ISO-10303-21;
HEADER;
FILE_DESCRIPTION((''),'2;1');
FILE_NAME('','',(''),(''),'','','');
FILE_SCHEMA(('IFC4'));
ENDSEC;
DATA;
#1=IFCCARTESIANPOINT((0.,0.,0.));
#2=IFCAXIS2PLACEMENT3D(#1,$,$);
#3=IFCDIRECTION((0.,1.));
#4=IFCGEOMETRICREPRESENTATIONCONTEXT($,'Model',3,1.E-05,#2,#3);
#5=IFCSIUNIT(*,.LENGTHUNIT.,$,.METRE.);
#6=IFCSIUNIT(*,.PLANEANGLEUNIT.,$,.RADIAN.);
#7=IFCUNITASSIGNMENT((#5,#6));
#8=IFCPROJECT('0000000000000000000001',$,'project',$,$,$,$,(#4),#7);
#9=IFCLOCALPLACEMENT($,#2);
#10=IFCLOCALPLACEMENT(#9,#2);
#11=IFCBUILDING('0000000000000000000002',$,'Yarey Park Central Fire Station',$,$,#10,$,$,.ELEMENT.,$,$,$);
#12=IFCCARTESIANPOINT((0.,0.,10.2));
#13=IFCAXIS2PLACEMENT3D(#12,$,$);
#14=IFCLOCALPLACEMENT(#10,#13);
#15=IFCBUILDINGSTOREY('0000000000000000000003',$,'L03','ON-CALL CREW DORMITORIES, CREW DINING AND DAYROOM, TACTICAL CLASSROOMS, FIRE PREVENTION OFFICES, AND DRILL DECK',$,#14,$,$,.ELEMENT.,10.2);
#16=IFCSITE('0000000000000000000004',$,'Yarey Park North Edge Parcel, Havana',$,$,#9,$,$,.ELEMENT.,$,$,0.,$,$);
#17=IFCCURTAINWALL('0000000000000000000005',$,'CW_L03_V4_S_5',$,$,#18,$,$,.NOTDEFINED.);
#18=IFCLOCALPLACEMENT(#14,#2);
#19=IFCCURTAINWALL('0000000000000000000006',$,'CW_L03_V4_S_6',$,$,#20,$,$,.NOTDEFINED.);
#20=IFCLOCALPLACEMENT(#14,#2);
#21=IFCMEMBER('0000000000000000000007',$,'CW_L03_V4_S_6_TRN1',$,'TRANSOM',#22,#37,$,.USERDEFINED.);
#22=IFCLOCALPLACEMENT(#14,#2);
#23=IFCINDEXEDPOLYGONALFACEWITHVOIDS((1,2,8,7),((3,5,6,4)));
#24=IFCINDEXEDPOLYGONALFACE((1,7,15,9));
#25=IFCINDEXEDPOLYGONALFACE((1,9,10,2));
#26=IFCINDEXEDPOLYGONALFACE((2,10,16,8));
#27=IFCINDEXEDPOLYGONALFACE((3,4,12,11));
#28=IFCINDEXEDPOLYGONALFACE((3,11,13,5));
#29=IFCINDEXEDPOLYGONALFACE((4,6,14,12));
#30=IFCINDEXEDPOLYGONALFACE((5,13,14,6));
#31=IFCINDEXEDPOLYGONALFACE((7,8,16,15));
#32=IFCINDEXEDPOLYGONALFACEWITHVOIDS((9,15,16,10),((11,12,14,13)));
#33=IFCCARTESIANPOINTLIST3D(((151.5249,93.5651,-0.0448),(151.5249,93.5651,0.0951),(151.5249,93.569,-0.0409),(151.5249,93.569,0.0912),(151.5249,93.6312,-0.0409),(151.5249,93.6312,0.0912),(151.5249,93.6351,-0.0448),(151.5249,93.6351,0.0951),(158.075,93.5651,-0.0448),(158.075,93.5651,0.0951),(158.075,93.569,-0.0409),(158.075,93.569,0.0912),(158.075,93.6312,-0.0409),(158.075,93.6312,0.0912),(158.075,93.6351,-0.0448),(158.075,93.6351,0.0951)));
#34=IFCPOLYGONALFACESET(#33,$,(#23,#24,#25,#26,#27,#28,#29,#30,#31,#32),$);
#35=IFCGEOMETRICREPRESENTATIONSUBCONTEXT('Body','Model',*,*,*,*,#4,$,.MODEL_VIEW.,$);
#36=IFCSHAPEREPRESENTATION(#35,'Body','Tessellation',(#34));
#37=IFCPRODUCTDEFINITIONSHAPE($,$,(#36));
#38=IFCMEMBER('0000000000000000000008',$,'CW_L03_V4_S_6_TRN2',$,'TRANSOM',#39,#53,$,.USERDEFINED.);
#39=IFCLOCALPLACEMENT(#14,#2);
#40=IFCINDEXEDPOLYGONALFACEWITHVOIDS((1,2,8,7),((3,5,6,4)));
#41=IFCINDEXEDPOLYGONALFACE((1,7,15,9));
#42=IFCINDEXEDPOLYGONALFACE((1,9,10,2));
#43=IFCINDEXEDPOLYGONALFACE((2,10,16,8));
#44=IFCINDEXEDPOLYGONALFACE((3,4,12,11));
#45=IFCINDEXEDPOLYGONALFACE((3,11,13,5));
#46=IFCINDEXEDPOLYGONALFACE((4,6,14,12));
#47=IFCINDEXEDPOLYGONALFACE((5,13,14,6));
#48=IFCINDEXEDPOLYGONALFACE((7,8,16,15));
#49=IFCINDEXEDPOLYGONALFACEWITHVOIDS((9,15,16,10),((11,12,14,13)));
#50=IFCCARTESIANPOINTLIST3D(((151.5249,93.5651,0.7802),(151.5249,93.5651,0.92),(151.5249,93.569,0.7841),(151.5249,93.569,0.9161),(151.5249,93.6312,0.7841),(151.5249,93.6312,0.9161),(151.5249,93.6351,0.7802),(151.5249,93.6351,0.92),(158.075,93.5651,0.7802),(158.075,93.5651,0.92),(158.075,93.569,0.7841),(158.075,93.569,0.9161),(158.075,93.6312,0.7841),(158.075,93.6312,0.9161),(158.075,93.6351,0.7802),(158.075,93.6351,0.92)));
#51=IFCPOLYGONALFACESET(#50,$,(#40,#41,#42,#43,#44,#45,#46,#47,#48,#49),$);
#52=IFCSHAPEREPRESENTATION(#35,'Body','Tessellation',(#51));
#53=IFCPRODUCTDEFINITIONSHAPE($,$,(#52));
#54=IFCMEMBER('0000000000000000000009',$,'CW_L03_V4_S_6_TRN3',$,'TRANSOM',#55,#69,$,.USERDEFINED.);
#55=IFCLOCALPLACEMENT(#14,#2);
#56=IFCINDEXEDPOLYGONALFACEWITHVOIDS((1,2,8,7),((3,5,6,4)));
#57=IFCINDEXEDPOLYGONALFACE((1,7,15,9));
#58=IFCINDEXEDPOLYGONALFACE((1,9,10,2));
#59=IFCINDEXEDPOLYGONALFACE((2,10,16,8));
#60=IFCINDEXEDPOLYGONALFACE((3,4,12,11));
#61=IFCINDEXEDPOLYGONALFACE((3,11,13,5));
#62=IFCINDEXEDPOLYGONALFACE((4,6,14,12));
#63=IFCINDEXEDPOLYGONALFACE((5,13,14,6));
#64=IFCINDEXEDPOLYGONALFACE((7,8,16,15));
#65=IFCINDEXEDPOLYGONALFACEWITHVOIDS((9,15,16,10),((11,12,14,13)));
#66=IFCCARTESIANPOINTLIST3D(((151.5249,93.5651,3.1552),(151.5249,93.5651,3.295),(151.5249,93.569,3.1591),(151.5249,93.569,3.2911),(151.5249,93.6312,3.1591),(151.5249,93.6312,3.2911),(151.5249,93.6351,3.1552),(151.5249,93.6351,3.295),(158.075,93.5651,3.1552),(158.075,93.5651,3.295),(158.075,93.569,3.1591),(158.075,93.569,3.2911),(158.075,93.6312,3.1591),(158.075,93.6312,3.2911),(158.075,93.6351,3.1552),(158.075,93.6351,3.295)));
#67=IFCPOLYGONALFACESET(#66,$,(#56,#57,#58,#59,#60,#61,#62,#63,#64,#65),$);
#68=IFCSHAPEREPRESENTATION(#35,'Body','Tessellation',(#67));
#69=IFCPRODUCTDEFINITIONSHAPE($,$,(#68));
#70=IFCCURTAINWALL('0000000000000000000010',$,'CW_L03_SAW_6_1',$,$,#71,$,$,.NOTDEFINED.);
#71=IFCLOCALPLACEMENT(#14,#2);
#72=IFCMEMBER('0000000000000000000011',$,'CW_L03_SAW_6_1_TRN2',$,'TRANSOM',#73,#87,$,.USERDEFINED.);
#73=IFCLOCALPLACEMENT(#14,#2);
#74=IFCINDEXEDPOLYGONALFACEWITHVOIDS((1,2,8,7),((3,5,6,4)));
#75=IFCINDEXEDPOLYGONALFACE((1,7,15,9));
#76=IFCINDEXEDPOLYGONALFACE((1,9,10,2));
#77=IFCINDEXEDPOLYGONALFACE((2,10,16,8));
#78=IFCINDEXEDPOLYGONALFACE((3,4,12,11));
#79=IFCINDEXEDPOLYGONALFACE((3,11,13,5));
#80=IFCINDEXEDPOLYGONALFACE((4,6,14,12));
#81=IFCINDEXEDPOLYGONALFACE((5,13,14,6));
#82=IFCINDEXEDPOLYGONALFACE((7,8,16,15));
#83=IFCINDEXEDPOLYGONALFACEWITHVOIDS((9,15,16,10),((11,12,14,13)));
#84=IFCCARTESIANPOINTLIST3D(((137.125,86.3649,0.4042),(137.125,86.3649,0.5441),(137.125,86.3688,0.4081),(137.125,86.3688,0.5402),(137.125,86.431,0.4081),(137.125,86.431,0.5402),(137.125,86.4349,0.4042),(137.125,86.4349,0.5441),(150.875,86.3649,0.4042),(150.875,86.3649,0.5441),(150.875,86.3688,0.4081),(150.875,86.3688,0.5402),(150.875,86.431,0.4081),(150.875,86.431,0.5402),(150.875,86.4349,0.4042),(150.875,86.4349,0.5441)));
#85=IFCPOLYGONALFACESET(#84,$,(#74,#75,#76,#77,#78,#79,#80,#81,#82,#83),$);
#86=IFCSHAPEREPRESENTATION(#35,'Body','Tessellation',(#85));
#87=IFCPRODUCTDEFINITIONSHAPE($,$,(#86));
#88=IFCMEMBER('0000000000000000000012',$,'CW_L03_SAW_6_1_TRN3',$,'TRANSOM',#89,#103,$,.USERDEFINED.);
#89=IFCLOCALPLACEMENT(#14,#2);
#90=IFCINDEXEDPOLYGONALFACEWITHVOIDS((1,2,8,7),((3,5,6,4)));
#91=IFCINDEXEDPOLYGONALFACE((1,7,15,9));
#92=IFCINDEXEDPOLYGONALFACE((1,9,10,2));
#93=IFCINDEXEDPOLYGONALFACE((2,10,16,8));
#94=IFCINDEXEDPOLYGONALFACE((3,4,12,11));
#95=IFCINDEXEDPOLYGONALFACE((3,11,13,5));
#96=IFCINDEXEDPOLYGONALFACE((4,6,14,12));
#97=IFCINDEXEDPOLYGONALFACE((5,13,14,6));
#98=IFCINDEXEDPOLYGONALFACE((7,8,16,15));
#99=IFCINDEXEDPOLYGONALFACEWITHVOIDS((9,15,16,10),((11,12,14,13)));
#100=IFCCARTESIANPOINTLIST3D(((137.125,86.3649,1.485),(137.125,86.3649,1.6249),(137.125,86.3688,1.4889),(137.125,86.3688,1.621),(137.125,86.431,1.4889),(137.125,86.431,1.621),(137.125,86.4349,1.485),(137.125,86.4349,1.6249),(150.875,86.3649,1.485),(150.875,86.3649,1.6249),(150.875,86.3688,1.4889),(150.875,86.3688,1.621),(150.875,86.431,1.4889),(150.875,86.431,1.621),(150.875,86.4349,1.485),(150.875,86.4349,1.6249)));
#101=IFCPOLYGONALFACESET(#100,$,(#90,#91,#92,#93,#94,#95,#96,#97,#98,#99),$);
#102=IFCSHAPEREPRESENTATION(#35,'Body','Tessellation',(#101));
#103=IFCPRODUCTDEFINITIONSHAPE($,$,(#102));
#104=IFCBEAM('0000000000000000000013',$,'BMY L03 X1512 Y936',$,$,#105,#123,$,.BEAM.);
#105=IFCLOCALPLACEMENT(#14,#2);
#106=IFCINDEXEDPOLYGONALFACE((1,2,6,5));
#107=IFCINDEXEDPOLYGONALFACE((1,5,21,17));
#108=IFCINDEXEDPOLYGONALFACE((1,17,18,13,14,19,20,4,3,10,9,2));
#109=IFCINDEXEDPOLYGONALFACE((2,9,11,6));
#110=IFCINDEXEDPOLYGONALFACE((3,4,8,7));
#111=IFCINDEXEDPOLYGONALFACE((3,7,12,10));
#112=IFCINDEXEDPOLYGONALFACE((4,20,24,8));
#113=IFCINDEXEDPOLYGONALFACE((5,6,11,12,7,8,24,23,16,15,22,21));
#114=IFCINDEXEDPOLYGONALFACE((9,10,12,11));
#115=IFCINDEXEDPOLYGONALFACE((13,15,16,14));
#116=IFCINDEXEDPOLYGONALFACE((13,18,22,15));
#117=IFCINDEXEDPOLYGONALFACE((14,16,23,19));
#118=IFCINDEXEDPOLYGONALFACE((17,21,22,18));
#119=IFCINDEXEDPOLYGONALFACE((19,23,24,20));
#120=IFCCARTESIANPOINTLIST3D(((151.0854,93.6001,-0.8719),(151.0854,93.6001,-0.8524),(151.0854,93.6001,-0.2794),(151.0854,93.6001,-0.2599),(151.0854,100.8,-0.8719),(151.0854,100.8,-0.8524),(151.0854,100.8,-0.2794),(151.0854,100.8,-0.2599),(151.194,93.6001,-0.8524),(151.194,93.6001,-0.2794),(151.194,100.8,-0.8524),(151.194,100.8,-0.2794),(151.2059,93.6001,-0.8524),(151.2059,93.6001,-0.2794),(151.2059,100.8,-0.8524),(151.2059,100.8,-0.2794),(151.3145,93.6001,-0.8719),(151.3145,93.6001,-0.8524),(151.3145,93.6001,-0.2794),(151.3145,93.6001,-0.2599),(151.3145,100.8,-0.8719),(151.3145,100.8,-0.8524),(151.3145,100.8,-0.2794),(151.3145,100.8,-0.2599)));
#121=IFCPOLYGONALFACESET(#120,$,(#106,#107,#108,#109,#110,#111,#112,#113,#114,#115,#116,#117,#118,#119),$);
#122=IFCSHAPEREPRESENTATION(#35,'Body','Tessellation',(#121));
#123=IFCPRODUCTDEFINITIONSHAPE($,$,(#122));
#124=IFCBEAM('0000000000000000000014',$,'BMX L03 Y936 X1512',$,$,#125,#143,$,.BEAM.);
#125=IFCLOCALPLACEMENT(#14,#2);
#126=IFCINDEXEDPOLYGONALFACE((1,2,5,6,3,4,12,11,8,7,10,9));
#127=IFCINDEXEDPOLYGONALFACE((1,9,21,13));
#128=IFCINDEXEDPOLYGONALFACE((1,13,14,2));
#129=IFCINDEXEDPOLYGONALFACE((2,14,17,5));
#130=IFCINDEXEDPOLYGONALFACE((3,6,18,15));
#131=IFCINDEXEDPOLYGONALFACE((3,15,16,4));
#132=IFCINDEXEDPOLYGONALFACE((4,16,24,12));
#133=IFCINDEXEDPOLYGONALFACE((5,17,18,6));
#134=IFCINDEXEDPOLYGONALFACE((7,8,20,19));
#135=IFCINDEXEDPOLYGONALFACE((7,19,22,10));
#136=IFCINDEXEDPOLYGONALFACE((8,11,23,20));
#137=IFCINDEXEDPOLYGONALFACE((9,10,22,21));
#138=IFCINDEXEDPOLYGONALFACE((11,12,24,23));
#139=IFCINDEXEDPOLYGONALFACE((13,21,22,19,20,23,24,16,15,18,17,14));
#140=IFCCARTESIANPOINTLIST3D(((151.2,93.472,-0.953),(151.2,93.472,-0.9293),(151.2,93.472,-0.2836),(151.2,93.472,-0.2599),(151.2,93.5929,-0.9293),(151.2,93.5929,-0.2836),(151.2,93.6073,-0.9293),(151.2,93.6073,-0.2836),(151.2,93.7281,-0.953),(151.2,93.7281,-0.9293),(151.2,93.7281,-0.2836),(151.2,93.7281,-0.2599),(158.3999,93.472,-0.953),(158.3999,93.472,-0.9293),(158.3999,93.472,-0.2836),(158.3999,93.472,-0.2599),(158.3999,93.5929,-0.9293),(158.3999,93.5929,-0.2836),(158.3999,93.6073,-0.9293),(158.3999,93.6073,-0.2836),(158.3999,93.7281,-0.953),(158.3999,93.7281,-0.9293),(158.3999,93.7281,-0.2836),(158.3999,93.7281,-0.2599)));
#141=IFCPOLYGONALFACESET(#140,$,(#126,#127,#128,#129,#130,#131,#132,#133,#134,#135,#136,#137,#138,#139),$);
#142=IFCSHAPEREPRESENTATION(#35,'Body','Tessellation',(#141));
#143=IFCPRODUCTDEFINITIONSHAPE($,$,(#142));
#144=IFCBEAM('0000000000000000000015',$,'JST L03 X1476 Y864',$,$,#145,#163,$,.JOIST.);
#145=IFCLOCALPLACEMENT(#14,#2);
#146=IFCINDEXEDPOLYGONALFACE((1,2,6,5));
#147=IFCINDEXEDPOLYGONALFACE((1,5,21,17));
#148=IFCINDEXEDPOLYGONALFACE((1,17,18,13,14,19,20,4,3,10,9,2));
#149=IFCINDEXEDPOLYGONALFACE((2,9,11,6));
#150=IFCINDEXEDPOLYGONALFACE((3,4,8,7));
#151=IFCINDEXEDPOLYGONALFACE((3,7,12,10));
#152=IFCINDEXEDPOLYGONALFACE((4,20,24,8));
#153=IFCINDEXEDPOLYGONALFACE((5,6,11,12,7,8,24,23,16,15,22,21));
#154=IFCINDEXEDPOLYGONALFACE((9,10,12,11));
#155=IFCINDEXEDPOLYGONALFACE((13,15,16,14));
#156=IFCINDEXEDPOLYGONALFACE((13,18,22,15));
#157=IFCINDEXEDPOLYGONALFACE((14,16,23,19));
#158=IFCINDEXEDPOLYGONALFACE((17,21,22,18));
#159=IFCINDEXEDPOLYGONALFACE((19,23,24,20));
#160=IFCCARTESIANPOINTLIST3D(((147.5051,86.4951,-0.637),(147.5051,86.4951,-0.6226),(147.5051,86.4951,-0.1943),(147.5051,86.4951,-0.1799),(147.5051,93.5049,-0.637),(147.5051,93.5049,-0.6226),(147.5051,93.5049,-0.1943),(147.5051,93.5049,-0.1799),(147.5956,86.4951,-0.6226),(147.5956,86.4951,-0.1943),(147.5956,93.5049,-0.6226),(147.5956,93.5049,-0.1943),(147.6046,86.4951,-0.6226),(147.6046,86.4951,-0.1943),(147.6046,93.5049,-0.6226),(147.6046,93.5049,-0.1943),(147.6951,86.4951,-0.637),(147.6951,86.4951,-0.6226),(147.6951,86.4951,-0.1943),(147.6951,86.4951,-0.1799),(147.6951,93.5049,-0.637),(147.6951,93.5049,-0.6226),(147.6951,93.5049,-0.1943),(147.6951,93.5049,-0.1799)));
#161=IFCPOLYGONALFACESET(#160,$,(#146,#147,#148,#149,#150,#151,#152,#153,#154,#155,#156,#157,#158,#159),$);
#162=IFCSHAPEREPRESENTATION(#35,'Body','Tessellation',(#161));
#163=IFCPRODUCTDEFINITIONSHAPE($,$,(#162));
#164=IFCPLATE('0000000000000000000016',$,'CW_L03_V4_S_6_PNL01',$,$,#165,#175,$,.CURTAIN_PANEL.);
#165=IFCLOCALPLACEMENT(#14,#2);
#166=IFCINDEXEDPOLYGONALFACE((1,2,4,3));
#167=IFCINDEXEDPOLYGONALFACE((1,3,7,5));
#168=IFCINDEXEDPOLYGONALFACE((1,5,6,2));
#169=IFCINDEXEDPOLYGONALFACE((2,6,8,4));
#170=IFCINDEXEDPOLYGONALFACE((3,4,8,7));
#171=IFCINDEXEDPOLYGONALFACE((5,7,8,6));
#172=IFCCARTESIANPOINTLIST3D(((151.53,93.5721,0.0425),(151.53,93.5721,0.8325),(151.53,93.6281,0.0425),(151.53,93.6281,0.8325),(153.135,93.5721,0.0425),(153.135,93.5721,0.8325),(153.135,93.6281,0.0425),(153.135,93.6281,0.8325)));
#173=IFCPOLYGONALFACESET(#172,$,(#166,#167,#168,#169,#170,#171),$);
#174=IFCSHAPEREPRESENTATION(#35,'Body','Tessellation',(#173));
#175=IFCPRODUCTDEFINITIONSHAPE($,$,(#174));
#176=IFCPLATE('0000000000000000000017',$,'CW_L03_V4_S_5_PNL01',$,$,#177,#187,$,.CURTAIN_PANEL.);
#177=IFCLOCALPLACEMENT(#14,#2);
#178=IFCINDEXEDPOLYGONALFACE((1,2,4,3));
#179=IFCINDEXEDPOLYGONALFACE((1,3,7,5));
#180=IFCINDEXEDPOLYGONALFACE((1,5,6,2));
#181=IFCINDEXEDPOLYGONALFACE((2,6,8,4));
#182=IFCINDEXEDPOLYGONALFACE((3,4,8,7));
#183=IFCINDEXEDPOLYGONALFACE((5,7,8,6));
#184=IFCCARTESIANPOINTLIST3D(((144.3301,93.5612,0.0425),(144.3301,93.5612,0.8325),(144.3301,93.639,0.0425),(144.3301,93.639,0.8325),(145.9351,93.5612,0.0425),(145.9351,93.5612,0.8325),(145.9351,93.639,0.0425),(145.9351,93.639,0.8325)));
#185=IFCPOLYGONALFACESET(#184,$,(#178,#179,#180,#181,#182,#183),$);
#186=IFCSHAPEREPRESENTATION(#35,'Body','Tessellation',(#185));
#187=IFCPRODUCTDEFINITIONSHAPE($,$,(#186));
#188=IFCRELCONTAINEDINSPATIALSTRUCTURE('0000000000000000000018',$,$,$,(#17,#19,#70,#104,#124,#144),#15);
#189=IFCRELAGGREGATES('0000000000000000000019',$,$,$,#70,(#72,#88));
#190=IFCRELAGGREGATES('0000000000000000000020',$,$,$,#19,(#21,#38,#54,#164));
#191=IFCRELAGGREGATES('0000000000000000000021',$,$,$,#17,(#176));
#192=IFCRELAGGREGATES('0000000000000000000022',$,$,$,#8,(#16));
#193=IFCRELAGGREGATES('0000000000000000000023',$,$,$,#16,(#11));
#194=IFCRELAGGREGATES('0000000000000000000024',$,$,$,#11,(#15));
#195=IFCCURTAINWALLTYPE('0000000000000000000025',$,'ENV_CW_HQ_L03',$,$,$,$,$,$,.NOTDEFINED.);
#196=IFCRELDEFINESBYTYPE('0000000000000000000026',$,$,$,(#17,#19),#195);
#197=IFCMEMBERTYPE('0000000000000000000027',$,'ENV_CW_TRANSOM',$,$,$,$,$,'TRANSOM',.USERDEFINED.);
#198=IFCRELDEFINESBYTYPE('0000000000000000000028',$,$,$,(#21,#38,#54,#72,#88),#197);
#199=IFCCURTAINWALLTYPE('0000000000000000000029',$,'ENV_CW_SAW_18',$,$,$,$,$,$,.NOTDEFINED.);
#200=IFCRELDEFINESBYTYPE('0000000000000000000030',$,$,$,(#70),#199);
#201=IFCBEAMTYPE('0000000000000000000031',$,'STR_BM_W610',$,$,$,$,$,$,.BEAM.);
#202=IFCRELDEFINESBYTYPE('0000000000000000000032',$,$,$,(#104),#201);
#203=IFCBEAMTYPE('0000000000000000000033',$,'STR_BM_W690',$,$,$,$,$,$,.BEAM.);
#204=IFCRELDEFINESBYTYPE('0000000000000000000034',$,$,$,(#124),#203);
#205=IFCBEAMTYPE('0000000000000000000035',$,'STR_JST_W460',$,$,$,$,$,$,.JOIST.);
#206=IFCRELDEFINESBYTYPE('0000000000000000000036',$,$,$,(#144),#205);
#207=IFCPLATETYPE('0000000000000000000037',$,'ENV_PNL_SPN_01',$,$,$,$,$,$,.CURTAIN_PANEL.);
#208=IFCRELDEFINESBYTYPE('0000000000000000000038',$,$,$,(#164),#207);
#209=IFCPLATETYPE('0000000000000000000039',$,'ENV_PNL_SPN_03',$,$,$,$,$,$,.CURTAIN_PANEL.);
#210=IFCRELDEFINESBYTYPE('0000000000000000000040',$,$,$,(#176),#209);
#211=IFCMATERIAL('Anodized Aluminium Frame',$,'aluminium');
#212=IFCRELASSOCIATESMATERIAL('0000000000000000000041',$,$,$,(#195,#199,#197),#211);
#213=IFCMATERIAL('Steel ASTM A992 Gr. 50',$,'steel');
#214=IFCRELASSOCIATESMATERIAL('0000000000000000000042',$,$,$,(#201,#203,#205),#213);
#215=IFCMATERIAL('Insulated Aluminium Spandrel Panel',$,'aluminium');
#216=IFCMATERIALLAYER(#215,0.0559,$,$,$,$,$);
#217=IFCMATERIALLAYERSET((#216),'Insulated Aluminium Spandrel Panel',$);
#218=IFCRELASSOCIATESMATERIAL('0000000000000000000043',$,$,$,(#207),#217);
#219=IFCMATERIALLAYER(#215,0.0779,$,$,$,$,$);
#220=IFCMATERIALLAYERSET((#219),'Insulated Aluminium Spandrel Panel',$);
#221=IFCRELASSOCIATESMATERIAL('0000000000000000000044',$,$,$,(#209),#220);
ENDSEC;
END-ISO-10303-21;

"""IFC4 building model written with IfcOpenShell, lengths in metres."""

from ifc_helpers import new_model, si_unit, direction, frame, origin, origin_2d, place, context, subcontext, project, spatial, rectangle, hollow_rectangle, i_section, extrude, material, layer, layer_set, material_profile, profile_set, type_object, element, aggregate, save


model = new_model("IFC4")

# Units and contexts
model_context = context("Model", 3, precision=1e-05, world=origin(), true_north=direction((0.0, 1.0)))
body_context = subcontext(model_context, "Body", "Model", "MODEL_VIEW")
ifc_project = project(units=[si_unit("LENGTHUNIT", "METRE"), si_unit("PLANEANGLEUNIT", "RADIAN")], contexts=[model_context])

# Site, building, storey
site_placement = place(None, origin())
site = spatial("IfcSite", under=ifc_project, at=site_placement, Name="Yarey Park North Edge Parcel, Havana", CompositionType="ELEMENT", RefElevation=0.0)
building_placement = place(site_placement, origin())
building = spatial("IfcBuilding", under=site, at=building_placement, Name="Yarey Park Central Fire Station", CompositionType="ELEMENT")
storey_placement = place(building_placement, frame((0.0, 0.0, 10.2)))
storey = spatial("IfcBuildingStorey", under=building, at=storey_placement, Name="L03", Description="ON-CALL CREW DORMITORIES, CREW DINING AND DAYROOM, TACTICAL CLASSROOMS, FIRE PREVENTION OFFICES, AND DRILL DECK", CompositionType="ELEMENT", Elevation=10.2)

# Curtain wall
ifc_material_1 = material(Name="Anodized Aluminium Frame", Category="aluminium")
curtain_wall_type_1 = type_object("IfcCurtainWallType", Name="ENV_CW_HQ_L03", PredefinedType="NOTDEFINED", material=ifc_material_1)
curtain_wall_1_placement = place(storey_placement, origin())
curtain_wall_1 = element("IfcCurtainWall", 1, at=curtain_wall_1_placement, inside=storey, type_object=curtain_wall_type_1, Name="CW_L03_V4_S_5", PredefinedType="NOTDEFINED")

# Curtain wall
curtain_wall_2_placement = place(storey_placement, origin())
curtain_wall_2 = element("IfcCurtainWall", 2, at=curtain_wall_2_placement, inside=storey, type_object=curtain_wall_type_1, Name="CW_L03_V4_S_6", PredefinedType="NOTDEFINED")
curtain_wall_type_2 = type_object("IfcCurtainWallType", Name="ENV_CW_SAW_18", PredefinedType="NOTDEFINED", material=ifc_material_1)

# Members
ifc_material_profile_1 = material_profile(ifc_material_1, hollow_rectangle(XDim=0.0701, YDim=0.1399, WallThickness=0.0039, at=origin_2d()), Name="ALU 140x70x4")
ifc_profile_set_1 = profile_set([ifc_material_profile_1], Name="Anodized Aluminium Frame")
member_type_1 = type_object("IfcMemberType", Name="ENV_CW_TRANSOM", ElementType="TRANSOM", PredefinedType="USERDEFINED", material=ifc_profile_set_1)
member_1_placement = place(storey_placement, frame((151.5249, 93.6001, 0.0251), z_axis=(1.0, 0.0, 0.0), x_axis=(0.0, 1.0, 0.0)))
member_1 = element("IfcMember", 3, at=member_1_placement, type_object=member_type_1, Name="CW_L03_V4_S_6_TRN1", ObjectType="TRANSOM", PredefinedType="USERDEFINED", context=body_context, shape_type="SweptSolid", body=[
    extrude(hollow_rectangle(XDim=0.0701, YDim=0.1399, WallThickness=0.0039, at=origin_2d()), origin(), (0.0, 0.0, 1.0), 6.55),
])
member_2_placement = place(storey_placement, frame((151.5249, 93.6001, 0.8501), z_axis=(1.0, 0.0, 0.0), x_axis=(0.0, 1.0, 0.0)))
member_2 = element("IfcMember", 4, at=member_2_placement, type_object=member_type_1, Name="CW_L03_V4_S_6_TRN2", ObjectType="TRANSOM", PredefinedType="USERDEFINED", context=body_context, shape_type="SweptSolid", body=[
    extrude(hollow_rectangle(XDim=0.0701, YDim=0.1399, WallThickness=0.0039, at=origin_2d()), origin(), (0.0, 0.0, 1.0), 6.55),
])
member_3_placement = place(storey_placement, frame((151.5249, 93.6001, 3.2251), z_axis=(1.0, 0.0, 0.0), x_axis=(0.0, 1.0, 0.0)))
member_3 = element("IfcMember", 5, at=member_3_placement, type_object=member_type_1, Name="CW_L03_V4_S_6_TRN3", ObjectType="TRANSOM", PredefinedType="USERDEFINED", context=body_context, shape_type="SweptSolid", body=[
    extrude(hollow_rectangle(XDim=0.0701, YDim=0.1399, WallThickness=0.0039, at=origin_2d()), origin(), (0.0, 0.0, 1.0), 6.55),
])

# Curtain wall, members
curtain_wall_3_placement = place(storey_placement, origin())
curtain_wall_3 = element("IfcCurtainWall", 6, at=curtain_wall_3_placement, inside=storey, type_object=curtain_wall_type_2, Name="CW_L03_SAW_6_1", PredefinedType="NOTDEFINED")
member_4_placement = place(storey_placement, frame((150.875, 86.3999, 0.4741), z_axis=(-1.0, 0.0, 0.0), x_axis=(0.0, -1.0, 0.0)))
member_4 = element("IfcMember", 7, at=member_4_placement, type_object=member_type_1, Name="CW_L03_SAW_6_1_TRN2", ObjectType="TRANSOM", PredefinedType="USERDEFINED", context=body_context, shape_type="SweptSolid", body=[
    extrude(hollow_rectangle(XDim=0.0701, YDim=0.1399, WallThickness=0.0039, at=origin_2d()), origin(), (0.0, 0.0, 1.0), 13.75),
])
member_5_placement = place(storey_placement, frame((150.875, 86.3999, 1.5549), z_axis=(-1.0, 0.0, 0.0), x_axis=(0.0, -1.0, 0.0)))
member_5 = element("IfcMember", 8, at=member_5_placement, type_object=member_type_1, Name="CW_L03_SAW_6_1_TRN3", ObjectType="TRANSOM", PredefinedType="USERDEFINED", context=body_context, shape_type="SweptSolid", body=[
    extrude(hollow_rectangle(XDim=0.0701, YDim=0.1399, WallThickness=0.0039, at=origin_2d()), origin(), (0.0, 0.0, 1.0), 13.75),
])
aggregate(curtain_wall_3, [member_4, member_5])

# Beams
ifc_material_2 = material(Name="Steel ASTM A992 Gr. 50", Category="steel")
ifc_material_profile_2 = material_profile(ifc_material_2, i_section(OverallWidth=0.229, OverallDepth=0.6121, WebThickness=0.012, FlangeThickness=0.0195, at=origin_2d()), Name="W610x125")
ifc_profile_set_2 = profile_set([ifc_material_profile_2], Name="Steel ASTM A992 Gr. 50")
beam_type_1 = type_object("IfcBeamType", Name="STR_BM_W610", PredefinedType="BEAM", material=ifc_profile_set_2)
beam_1_placement = place(storey_placement, frame((151.2, 93.6001, -0.5659), z_axis=(0.0, 1.0, 0.0), x_axis=(-1.0, 0.0, 0.0)))
element("IfcBeam", 9, at=beam_1_placement, inside=storey, type_object=beam_type_1, Name="BMY L03 X1512 Y936", PredefinedType="BEAM", context=body_context, shape_type="SweptSolid", body=[
    extrude(i_section(OverallWidth=0.229, OverallDepth=0.6121, WebThickness=0.012, FlangeThickness=0.0195, at=origin_2d()), origin(), (0.0, 0.0, 1.0), 7.2),
])
ifc_material_profile_3 = material_profile(ifc_material_2, i_section(OverallWidth=0.2561, OverallDepth=0.6931, WebThickness=0.0144, FlangeThickness=0.0237, at=origin_2d()), Name="W690x170")
ifc_profile_set_3 = profile_set([ifc_material_profile_3], Name="Steel ASTM A992 Gr. 50")
beam_type_2 = type_object("IfcBeamType", Name="STR_BM_W690", PredefinedType="BEAM", material=ifc_profile_set_3)
beam_2_placement = place(storey_placement, frame((151.2, 93.6001, -0.6064), z_axis=(1.0, 0.0, 0.0), x_axis=(0.0, 1.0, 0.0)))
element("IfcBeam", 10, at=beam_2_placement, inside=storey, type_object=beam_type_2, Name="BMX L03 Y936 X1512", PredefinedType="BEAM", context=body_context, shape_type="SweptSolid", body=[
    extrude(i_section(OverallWidth=0.2561, OverallDepth=0.6931, WebThickness=0.0144, FlangeThickness=0.0237, at=origin_2d()), origin(), (0.0, 0.0, 1.0), 7.2),
])
ifc_material_profile_4 = material_profile(ifc_material_2, i_section(OverallWidth=0.1899, OverallDepth=0.457, WebThickness=0.009, FlangeThickness=0.0144, at=origin_2d()), Name="W460x74")
ifc_profile_set_4 = profile_set([ifc_material_profile_4], Name="Steel ASTM A992 Gr. 50")
beam_type_3 = type_object("IfcBeamType", Name="STR_JST_W460", PredefinedType="JOIST", material=ifc_profile_set_4)
beam_3_placement = place(storey_placement, frame((147.6001, 86.4951, -0.4084), z_axis=(0.0, 1.0, 0.0), x_axis=(-1.0, 0.0, 0.0)))
element("IfcBeam", 11, at=beam_3_placement, inside=storey, type_object=beam_type_3, Name="JST L03 X1476 Y864", PredefinedType="JOIST", context=body_context, shape_type="SweptSolid", body=[
    extrude(i_section(OverallWidth=0.1899, OverallDepth=0.457, WebThickness=0.009, FlangeThickness=0.0144, at=origin_2d()), origin(), (0.0, 0.0, 1.0), 7.0098),
])

# Plates
ifc_material_3 = material(Name="Insulated Aluminium Spandrel Panel", Category="aluminium")
ifc_layer_1 = layer(ifc_material_3, 0.0559)
ifc_layer_set_1 = layer_set([ifc_layer_1], Name="Insulated Aluminium Spandrel Panel")
plate_type_1 = type_object("IfcPlateType", Name="ENV_PNL_SPN_01", PredefinedType="CURTAIN_PANEL", material=ifc_layer_set_1)
plate_1_placement = place(storey_placement, frame((152.3325, 93.6001, 0.0425), z_axis=(0.0, 0.0, 1.0), x_axis=(1.0, 0.0, 0.0)))
plate_1 = element("IfcPlate", 12, at=plate_1_placement, type_object=plate_type_1, Name="CW_L03_V4_S_6_PNL01", PredefinedType="CURTAIN_PANEL", context=body_context, shape_type="SweptSolid", body=[
    extrude(rectangle(XDim=1.605, YDim=0.0559, at=origin_2d()), origin(), (0.0, 0.0, 1.0), 0.79),
])
ifc_layer_2 = layer(ifc_material_3, 0.0779)
ifc_layer_set_2 = layer_set([ifc_layer_2], Name="Insulated Aluminium Spandrel Panel")
plate_type_2 = type_object("IfcPlateType", Name="ENV_PNL_SPN_03", PredefinedType="CURTAIN_PANEL", material=ifc_layer_set_2)
plate_2_placement = place(storey_placement, frame((145.1326, 93.6001, 0.0425), z_axis=(0.0, 0.0, 1.0), x_axis=(1.0, 0.0, 0.0)))
plate_2 = element("IfcPlate", 13, at=plate_2_placement, type_object=plate_type_2, Name="CW_L03_V4_S_5_PNL01", PredefinedType="CURTAIN_PANEL", context=body_context, shape_type="SweptSolid", body=[
    extrude(rectangle(XDim=1.605, YDim=0.0779, at=origin_2d()), origin(), (0.0, 0.0, 1.0), 0.79),
])
aggregate(curtain_wall_2, [member_1, member_2, member_3, plate_1])
aggregate(curtain_wall_1, [plate_2])

save(model, "model.ifc")
